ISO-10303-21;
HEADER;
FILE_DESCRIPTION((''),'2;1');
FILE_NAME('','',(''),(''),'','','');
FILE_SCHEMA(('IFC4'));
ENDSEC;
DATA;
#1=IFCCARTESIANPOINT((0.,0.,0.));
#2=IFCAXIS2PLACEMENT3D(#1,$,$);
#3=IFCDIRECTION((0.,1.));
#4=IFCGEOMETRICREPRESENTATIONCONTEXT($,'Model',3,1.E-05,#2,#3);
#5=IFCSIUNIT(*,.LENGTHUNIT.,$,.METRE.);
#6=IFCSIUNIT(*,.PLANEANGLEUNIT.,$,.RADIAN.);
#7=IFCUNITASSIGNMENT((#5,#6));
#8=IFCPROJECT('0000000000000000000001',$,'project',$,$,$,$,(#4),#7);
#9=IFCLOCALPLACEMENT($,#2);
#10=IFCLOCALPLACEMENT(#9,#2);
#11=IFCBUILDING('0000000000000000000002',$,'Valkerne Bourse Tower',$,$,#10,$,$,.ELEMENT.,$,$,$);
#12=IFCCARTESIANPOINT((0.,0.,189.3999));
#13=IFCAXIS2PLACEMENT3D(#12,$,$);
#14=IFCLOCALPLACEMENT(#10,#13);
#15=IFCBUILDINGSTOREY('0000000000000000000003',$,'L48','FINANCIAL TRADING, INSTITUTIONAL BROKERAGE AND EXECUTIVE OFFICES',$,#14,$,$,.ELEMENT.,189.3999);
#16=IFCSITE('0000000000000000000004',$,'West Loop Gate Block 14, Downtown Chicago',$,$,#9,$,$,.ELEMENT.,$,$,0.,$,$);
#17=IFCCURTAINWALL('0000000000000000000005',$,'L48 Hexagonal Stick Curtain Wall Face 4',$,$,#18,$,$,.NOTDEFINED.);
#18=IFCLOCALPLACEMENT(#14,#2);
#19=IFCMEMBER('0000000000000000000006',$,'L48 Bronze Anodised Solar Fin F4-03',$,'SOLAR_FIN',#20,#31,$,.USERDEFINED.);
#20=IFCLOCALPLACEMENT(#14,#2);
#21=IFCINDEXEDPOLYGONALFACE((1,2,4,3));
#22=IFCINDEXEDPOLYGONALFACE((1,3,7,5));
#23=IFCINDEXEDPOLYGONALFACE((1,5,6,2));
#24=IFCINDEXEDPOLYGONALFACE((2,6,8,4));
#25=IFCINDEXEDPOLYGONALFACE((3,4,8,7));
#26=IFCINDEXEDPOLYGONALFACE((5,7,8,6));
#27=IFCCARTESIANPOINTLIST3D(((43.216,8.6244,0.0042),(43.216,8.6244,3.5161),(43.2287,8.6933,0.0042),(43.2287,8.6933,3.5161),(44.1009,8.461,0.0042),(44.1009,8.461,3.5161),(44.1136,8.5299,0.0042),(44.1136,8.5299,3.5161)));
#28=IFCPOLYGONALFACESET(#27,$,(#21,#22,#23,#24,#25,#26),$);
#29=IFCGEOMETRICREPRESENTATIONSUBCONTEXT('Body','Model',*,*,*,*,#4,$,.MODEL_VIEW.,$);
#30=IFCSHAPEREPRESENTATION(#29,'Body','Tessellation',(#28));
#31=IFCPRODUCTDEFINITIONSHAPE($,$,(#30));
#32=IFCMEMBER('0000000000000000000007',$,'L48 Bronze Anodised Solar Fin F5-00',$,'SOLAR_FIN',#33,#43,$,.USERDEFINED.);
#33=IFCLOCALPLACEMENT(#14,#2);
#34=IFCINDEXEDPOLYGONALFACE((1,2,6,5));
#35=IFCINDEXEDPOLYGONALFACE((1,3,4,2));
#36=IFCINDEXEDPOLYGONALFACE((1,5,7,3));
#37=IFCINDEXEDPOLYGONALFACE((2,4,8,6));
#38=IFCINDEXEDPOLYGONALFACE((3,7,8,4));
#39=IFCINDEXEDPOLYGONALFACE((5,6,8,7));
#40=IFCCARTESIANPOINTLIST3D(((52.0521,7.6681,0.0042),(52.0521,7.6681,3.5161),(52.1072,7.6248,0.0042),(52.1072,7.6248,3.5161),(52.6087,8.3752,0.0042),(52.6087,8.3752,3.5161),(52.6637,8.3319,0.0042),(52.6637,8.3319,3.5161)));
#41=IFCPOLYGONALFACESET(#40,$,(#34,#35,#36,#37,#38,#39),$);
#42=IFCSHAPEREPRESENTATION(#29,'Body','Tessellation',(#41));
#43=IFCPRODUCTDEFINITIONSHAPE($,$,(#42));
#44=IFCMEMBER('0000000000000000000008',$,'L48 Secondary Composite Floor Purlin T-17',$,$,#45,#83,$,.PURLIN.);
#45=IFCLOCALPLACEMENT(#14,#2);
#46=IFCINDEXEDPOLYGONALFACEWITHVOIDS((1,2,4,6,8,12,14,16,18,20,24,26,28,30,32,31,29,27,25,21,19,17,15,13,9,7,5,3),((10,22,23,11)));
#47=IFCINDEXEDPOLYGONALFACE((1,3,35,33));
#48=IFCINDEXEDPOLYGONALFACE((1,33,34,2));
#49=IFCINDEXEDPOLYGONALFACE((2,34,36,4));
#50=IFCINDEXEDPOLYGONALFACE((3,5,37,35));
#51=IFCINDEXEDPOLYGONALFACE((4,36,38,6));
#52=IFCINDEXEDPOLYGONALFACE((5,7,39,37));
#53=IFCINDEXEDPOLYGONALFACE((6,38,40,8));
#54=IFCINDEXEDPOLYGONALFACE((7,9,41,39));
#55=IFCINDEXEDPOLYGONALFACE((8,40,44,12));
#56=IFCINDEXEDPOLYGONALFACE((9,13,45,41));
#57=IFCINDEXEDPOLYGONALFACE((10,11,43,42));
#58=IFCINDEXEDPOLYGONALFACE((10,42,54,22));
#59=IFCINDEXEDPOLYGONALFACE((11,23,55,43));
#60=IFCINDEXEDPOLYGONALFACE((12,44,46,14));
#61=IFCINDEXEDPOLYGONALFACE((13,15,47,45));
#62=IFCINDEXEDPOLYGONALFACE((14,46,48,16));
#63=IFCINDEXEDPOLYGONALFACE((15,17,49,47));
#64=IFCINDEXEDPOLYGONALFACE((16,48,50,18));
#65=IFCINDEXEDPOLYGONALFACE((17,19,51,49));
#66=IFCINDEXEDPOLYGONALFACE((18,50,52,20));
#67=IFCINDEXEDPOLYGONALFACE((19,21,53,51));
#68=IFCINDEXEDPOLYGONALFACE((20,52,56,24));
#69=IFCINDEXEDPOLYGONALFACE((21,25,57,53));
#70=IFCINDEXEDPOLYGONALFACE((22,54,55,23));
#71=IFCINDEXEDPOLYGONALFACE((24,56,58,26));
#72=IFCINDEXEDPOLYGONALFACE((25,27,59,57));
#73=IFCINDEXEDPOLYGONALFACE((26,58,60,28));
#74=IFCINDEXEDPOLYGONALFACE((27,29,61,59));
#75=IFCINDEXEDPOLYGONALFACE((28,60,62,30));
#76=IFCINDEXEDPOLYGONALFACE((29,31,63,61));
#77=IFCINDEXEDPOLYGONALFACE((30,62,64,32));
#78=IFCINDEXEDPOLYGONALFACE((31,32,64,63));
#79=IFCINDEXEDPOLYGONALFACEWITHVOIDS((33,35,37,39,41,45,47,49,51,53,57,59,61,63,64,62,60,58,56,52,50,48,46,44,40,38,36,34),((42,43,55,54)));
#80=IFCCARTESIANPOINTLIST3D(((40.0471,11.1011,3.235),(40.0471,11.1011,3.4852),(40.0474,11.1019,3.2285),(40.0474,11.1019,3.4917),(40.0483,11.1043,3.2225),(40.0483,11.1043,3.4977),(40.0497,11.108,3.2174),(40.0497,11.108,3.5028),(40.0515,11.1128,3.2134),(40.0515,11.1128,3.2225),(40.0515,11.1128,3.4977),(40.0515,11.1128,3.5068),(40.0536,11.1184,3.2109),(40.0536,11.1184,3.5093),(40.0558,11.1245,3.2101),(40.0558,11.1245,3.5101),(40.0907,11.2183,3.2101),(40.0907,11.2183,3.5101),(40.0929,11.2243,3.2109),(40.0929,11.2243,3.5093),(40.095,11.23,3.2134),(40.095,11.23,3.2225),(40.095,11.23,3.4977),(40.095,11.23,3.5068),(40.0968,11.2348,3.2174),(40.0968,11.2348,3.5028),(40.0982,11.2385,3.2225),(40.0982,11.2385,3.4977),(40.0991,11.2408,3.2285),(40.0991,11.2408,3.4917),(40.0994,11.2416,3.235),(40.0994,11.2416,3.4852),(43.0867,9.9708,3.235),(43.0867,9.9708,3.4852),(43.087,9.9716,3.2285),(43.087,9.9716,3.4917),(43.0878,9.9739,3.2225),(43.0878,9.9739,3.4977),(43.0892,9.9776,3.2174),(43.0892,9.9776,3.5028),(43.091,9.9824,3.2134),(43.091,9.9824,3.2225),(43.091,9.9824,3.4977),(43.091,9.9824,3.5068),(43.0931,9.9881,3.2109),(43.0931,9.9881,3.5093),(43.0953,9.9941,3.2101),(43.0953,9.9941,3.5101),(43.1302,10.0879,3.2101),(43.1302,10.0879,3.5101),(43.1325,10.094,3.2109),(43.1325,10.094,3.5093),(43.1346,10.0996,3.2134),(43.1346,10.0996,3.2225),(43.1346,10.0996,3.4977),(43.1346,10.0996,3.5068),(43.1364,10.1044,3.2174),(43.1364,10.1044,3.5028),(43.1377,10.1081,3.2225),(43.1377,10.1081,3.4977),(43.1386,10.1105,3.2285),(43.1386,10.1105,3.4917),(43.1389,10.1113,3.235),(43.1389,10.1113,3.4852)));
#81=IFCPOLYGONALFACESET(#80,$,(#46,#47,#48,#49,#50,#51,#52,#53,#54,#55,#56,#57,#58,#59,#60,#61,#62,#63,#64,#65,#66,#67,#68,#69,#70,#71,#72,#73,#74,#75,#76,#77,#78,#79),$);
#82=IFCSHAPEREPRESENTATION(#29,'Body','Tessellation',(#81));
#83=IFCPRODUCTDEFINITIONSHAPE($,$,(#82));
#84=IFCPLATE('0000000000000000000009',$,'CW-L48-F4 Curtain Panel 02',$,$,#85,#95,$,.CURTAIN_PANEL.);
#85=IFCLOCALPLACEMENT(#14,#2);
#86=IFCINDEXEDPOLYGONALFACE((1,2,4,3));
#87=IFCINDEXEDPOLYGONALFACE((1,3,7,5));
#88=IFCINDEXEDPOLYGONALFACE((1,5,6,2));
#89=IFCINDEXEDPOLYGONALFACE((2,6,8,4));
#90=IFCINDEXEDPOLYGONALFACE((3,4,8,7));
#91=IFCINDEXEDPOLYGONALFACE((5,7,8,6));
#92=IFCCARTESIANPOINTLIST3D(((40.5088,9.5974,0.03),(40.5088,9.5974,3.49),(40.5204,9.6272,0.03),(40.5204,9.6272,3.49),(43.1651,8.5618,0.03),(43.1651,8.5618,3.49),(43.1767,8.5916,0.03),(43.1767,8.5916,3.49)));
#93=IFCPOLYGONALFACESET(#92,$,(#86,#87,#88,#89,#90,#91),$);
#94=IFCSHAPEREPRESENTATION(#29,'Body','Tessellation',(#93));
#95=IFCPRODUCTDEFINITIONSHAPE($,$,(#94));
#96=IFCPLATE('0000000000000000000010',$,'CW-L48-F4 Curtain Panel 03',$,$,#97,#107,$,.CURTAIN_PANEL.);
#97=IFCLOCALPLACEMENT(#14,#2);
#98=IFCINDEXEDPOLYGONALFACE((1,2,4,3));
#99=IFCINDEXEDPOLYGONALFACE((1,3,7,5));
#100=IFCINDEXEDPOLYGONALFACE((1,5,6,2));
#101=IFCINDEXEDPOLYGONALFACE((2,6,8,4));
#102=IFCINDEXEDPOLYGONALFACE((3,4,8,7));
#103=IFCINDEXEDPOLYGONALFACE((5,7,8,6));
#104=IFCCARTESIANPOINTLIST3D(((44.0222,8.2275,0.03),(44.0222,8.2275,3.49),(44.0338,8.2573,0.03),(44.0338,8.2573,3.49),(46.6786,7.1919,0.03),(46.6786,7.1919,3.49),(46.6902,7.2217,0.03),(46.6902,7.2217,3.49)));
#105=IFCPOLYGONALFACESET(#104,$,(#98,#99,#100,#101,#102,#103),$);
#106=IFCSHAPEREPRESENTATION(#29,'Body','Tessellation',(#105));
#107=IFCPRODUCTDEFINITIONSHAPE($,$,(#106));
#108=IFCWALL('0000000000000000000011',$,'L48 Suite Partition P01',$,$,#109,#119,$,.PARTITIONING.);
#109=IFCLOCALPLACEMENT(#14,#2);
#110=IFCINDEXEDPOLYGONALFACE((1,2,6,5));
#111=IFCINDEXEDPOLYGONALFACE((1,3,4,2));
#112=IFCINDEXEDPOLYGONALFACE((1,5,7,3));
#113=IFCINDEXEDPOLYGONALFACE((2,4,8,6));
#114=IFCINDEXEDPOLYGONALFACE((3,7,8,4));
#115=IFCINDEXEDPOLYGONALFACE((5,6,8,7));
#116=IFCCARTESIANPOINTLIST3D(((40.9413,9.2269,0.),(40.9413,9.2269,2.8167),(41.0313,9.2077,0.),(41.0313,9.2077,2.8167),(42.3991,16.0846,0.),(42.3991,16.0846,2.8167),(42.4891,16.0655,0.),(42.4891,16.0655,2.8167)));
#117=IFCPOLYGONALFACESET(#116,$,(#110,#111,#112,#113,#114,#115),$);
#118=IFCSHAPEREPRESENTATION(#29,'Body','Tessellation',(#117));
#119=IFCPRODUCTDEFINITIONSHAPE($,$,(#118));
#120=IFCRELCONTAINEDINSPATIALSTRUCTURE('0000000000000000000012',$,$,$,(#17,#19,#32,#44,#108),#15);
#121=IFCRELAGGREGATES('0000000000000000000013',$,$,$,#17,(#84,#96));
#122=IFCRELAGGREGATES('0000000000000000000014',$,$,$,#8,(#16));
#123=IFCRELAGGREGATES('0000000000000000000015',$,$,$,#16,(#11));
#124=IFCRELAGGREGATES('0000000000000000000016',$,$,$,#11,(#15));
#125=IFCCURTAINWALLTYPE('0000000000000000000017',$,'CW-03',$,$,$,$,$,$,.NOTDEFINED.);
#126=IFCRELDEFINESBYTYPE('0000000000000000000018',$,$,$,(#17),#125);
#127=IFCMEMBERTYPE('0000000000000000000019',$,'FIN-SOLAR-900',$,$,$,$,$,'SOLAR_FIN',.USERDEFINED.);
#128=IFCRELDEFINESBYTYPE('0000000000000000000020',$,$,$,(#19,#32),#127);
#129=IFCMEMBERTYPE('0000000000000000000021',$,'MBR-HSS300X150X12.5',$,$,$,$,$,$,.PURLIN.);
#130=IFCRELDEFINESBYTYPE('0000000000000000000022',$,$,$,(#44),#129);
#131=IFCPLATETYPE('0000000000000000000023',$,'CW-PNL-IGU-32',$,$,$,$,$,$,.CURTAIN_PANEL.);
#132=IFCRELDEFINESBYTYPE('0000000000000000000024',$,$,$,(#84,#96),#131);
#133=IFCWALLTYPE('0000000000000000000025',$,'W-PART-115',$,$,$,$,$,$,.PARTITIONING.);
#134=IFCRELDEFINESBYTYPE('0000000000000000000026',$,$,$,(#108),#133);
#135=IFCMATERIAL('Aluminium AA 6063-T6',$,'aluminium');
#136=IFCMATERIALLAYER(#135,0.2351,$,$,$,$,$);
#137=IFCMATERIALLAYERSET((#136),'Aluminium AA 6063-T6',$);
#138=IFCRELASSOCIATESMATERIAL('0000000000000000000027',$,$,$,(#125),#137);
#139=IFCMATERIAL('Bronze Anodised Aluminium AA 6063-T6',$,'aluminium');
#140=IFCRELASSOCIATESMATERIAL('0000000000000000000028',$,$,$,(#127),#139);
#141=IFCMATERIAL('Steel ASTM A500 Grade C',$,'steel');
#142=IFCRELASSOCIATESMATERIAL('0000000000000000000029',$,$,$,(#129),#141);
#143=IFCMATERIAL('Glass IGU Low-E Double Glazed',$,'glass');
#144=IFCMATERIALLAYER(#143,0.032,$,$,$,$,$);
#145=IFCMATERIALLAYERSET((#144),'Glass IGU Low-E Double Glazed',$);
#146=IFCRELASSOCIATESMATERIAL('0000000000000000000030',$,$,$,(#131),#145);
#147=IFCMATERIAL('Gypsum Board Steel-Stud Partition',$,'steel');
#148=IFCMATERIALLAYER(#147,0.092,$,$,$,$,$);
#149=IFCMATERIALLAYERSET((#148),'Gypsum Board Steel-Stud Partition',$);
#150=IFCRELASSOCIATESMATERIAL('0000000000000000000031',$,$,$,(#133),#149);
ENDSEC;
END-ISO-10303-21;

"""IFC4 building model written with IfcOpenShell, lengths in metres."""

from ifc_helpers import new_model, si_unit, direction, frame, frame_2d, origin, origin_2d, place, context, subcontext, project, spatial, rectangle, hollow_rectangle, extrude, material, layer, layer_set, material_profile, profile_set, type_object, element, aggregate, save


model = new_model("IFC4")

# Units and contexts
model_context = context("Model", 3, precision=1e-05, world=origin(), true_north=direction((0.0, 1.0)))
body_context = subcontext(model_context, "Body", "Model", "MODEL_VIEW")
ifc_project = project(units=[si_unit("LENGTHUNIT", "METRE"), si_unit("PLANEANGLEUNIT", "RADIAN")], contexts=[model_context])

# Site, building, storey
site_placement = place(None, origin())
site = spatial("IfcSite", under=ifc_project, at=site_placement, Name="West Loop Gate Block 14, Downtown Chicago", CompositionType="ELEMENT", RefElevation=0.0)
building_placement = place(site_placement, origin())
building = spatial("IfcBuilding", under=site, at=building_placement, Name="Valkerne Bourse Tower", CompositionType="ELEMENT")
storey_placement = place(building_placement, frame((0.0, 0.0, 189.3999)))
storey = spatial("IfcBuildingStorey", under=building, at=storey_placement, Name="L48", Description="FINANCIAL TRADING, INSTITUTIONAL BROKERAGE AND EXECUTIVE OFFICES", CompositionType="ELEMENT", Elevation=189.3999)

# Curtain wall
ifc_material_1 = material(Name="Aluminium AA 6063-T6", Category="aluminium")
ifc_layer_1 = layer(ifc_material_1, 0.2351)
ifc_layer_set_1 = layer_set([ifc_layer_1], Name="Aluminium AA 6063-T6")
curtain_wall_type = type_object("IfcCurtainWallType", Name="CW-03", PredefinedType="NOTDEFINED", material=ifc_layer_set_1)
curtain_wall_1_placement = place(storey_placement, origin())
curtain_wall_1 = element("IfcCurtainWall", 1, at=curtain_wall_1_placement, inside=storey, type_object=curtain_wall_type, Name="L48 Hexagonal Stick Curtain Wall Face 4", PredefinedType="NOTDEFINED")

# Members
ifc_material_2 = material(Name="Bronze Anodised Aluminium AA 6063-T6", Category="aluminium")
ifc_material_profile_1 = material_profile(ifc_material_2, rectangle(XDim=0.0701, YDim=0.8999, at=origin_2d()), Name="FIN-70X900")
ifc_profile_set_1 = profile_set([ifc_material_profile_1], Name="Bronze Anodised Aluminium AA 6063-T6")
member_type_1 = type_object("IfcMemberType", Name="FIN-SOLAR-900", ElementType="SOLAR_FIN", PredefinedType="USERDEFINED", material=ifc_profile_set_1)
for number, where, z_axis, x_axis, name in (
    (2, (43.6648, 8.5771, 0.0042), (0.0, 0.0, 1.0), (-0.181651, -0.983363, 0.0), "L48 Bronze Anodised Solar Fin F4-03"),
    (3, (52.3579, 8.0, 0.0042), (0.0, 0.0, 1.0), (0.785818, -0.618458, 0.0), "L48 Bronze Anodised Solar Fin F5-00"),
):
    element("IfcMember", number, at=place(storey_placement, frame(where, z_axis=z_axis, x_axis=x_axis)), inside=storey, type_object=member_type_1, Name=name, ObjectType="SOLAR_FIN", PredefinedType="USERDEFINED", context=body_context, shape_type="SweptSolid", body=[
        extrude(rectangle(XDim=0.0701, YDim=0.8999, at=origin_2d()), origin(), (0.0, 0.0, 1.0), 3.512),
    ])
ifc_material_3 = material(Name="Steel ASTM A500 Grade C", Category="steel")
ifc_material_profile_2 = material_profile(ifc_material_3, hollow_rectangle(XDim=0.1499, YDim=0.3, WallThickness=0.0125, OuterFilletRadius=0.0249, at=origin_2d()), Name="HSS300X150X12.5")
ifc_profile_set_2 = profile_set([ifc_material_profile_2], Name="Steel ASTM A500 Grade C")
member_type_2 = type_object("IfcMemberType", Name="MBR-HSS300X150X12.5", PredefinedType="PURLIN", material=ifc_profile_set_2)
member_1_placement = place(storey_placement, frame((40.0732, 11.1714, 3.3601), z_axis=(0.937285, -0.348565, 0.0), x_axis=(0.348565, 0.937285, 0.0)))
element("IfcMember", 4, at=member_1_placement, inside=storey, type_object=member_type_2, Name="L48 Secondary Composite Floor Purlin T-17", PredefinedType="PURLIN", context=body_context, shape_type="SweptSolid", body=[
    extrude(hollow_rectangle(XDim=0.1499, YDim=0.3, WallThickness=0.0125, OuterFilletRadius=0.0249, at=origin_2d()), origin(), (0.0, 0.0, 1.0), 3.2429),
])

# Plates
ifc_material_4 = material(Name="Glass IGU Low-E Double Glazed", Category="glass")
ifc_layer_2 = layer(ifc_material_4, 0.032)
ifc_layer_set_2 = layer_set([ifc_layer_2], Name="Glass IGU Low-E Double Glazed")
plate_type = type_object("IfcPlateType", Name="CW-PNL-IGU-32", PredefinedType="CURTAIN_PANEL", material=ifc_layer_set_2)
plate_1_placement = place(storey_placement, frame((41.8428, 9.0945, 0.03), z_axis=(0.0, 0.0, 1.0), x_axis=(0.931696, -0.363238, 0.0)))
plate_1 = element("IfcPlate", 5, at=plate_1_placement, type_object=plate_type, Name="CW-L48-F4 Curtain Panel 02", PredefinedType="CURTAIN_PANEL", context=body_context, shape_type="SweptSolid", body=[
    extrude(rectangle(XDim=2.8511, YDim=0.032, at=origin_2d()), origin(), (0.0, 0.0, 1.0), 3.46),
])
plate_2_placement = place(storey_placement, frame((45.3562, 7.7246, 0.03), z_axis=(0.0, 0.0, 1.0), x_axis=(0.931693, -0.363247, 0.0)))
plate_2 = element("IfcPlate", 6, at=plate_2_placement, type_object=plate_type, Name="CW-L48-F4 Curtain Panel 03", PredefinedType="CURTAIN_PANEL", context=body_context, shape_type="SweptSolid", body=[
    extrude(rectangle(XDim=2.8511, YDim=0.032, at=origin_2d()), origin(), (0.0, 0.0, 1.0), 3.46),
])
aggregate(curtain_wall_1, [plate_1, plate_2])

# Wall
ifc_material_5 = material(Name="Gypsum Board Steel-Stud Partition", Category="steel")
ifc_layer_3 = layer(ifc_material_5, 0.092)
ifc_layer_set_3 = layer_set([ifc_layer_3], Name="Gypsum Board Steel-Stud Partition")
wall_type = type_object("IfcWallType", Name="W-PART-115", PredefinedType="PARTITIONING", material=ifc_layer_set_3)
wall_placement = place(storey_placement, frame((42.4441, 16.075, 0.0), z_axis=(0.0, 0.0, 1.0), x_axis=(-0.207928, -0.978144, 0.0)))
element("IfcWall", 7, at=wall_placement, inside=storey, type_object=wall_type, Name="L48 Suite Partition P01", PredefinedType="PARTITIONING", context=body_context, shape_type="SweptSolid", body=[
    extrude(rectangle(XDim=7.011, YDim=0.092, at=frame_2d((3.5054, 0.0))), origin(), (0.0, 0.0, 1.0), 2.8167),
])

save(model, "model.ifc")
